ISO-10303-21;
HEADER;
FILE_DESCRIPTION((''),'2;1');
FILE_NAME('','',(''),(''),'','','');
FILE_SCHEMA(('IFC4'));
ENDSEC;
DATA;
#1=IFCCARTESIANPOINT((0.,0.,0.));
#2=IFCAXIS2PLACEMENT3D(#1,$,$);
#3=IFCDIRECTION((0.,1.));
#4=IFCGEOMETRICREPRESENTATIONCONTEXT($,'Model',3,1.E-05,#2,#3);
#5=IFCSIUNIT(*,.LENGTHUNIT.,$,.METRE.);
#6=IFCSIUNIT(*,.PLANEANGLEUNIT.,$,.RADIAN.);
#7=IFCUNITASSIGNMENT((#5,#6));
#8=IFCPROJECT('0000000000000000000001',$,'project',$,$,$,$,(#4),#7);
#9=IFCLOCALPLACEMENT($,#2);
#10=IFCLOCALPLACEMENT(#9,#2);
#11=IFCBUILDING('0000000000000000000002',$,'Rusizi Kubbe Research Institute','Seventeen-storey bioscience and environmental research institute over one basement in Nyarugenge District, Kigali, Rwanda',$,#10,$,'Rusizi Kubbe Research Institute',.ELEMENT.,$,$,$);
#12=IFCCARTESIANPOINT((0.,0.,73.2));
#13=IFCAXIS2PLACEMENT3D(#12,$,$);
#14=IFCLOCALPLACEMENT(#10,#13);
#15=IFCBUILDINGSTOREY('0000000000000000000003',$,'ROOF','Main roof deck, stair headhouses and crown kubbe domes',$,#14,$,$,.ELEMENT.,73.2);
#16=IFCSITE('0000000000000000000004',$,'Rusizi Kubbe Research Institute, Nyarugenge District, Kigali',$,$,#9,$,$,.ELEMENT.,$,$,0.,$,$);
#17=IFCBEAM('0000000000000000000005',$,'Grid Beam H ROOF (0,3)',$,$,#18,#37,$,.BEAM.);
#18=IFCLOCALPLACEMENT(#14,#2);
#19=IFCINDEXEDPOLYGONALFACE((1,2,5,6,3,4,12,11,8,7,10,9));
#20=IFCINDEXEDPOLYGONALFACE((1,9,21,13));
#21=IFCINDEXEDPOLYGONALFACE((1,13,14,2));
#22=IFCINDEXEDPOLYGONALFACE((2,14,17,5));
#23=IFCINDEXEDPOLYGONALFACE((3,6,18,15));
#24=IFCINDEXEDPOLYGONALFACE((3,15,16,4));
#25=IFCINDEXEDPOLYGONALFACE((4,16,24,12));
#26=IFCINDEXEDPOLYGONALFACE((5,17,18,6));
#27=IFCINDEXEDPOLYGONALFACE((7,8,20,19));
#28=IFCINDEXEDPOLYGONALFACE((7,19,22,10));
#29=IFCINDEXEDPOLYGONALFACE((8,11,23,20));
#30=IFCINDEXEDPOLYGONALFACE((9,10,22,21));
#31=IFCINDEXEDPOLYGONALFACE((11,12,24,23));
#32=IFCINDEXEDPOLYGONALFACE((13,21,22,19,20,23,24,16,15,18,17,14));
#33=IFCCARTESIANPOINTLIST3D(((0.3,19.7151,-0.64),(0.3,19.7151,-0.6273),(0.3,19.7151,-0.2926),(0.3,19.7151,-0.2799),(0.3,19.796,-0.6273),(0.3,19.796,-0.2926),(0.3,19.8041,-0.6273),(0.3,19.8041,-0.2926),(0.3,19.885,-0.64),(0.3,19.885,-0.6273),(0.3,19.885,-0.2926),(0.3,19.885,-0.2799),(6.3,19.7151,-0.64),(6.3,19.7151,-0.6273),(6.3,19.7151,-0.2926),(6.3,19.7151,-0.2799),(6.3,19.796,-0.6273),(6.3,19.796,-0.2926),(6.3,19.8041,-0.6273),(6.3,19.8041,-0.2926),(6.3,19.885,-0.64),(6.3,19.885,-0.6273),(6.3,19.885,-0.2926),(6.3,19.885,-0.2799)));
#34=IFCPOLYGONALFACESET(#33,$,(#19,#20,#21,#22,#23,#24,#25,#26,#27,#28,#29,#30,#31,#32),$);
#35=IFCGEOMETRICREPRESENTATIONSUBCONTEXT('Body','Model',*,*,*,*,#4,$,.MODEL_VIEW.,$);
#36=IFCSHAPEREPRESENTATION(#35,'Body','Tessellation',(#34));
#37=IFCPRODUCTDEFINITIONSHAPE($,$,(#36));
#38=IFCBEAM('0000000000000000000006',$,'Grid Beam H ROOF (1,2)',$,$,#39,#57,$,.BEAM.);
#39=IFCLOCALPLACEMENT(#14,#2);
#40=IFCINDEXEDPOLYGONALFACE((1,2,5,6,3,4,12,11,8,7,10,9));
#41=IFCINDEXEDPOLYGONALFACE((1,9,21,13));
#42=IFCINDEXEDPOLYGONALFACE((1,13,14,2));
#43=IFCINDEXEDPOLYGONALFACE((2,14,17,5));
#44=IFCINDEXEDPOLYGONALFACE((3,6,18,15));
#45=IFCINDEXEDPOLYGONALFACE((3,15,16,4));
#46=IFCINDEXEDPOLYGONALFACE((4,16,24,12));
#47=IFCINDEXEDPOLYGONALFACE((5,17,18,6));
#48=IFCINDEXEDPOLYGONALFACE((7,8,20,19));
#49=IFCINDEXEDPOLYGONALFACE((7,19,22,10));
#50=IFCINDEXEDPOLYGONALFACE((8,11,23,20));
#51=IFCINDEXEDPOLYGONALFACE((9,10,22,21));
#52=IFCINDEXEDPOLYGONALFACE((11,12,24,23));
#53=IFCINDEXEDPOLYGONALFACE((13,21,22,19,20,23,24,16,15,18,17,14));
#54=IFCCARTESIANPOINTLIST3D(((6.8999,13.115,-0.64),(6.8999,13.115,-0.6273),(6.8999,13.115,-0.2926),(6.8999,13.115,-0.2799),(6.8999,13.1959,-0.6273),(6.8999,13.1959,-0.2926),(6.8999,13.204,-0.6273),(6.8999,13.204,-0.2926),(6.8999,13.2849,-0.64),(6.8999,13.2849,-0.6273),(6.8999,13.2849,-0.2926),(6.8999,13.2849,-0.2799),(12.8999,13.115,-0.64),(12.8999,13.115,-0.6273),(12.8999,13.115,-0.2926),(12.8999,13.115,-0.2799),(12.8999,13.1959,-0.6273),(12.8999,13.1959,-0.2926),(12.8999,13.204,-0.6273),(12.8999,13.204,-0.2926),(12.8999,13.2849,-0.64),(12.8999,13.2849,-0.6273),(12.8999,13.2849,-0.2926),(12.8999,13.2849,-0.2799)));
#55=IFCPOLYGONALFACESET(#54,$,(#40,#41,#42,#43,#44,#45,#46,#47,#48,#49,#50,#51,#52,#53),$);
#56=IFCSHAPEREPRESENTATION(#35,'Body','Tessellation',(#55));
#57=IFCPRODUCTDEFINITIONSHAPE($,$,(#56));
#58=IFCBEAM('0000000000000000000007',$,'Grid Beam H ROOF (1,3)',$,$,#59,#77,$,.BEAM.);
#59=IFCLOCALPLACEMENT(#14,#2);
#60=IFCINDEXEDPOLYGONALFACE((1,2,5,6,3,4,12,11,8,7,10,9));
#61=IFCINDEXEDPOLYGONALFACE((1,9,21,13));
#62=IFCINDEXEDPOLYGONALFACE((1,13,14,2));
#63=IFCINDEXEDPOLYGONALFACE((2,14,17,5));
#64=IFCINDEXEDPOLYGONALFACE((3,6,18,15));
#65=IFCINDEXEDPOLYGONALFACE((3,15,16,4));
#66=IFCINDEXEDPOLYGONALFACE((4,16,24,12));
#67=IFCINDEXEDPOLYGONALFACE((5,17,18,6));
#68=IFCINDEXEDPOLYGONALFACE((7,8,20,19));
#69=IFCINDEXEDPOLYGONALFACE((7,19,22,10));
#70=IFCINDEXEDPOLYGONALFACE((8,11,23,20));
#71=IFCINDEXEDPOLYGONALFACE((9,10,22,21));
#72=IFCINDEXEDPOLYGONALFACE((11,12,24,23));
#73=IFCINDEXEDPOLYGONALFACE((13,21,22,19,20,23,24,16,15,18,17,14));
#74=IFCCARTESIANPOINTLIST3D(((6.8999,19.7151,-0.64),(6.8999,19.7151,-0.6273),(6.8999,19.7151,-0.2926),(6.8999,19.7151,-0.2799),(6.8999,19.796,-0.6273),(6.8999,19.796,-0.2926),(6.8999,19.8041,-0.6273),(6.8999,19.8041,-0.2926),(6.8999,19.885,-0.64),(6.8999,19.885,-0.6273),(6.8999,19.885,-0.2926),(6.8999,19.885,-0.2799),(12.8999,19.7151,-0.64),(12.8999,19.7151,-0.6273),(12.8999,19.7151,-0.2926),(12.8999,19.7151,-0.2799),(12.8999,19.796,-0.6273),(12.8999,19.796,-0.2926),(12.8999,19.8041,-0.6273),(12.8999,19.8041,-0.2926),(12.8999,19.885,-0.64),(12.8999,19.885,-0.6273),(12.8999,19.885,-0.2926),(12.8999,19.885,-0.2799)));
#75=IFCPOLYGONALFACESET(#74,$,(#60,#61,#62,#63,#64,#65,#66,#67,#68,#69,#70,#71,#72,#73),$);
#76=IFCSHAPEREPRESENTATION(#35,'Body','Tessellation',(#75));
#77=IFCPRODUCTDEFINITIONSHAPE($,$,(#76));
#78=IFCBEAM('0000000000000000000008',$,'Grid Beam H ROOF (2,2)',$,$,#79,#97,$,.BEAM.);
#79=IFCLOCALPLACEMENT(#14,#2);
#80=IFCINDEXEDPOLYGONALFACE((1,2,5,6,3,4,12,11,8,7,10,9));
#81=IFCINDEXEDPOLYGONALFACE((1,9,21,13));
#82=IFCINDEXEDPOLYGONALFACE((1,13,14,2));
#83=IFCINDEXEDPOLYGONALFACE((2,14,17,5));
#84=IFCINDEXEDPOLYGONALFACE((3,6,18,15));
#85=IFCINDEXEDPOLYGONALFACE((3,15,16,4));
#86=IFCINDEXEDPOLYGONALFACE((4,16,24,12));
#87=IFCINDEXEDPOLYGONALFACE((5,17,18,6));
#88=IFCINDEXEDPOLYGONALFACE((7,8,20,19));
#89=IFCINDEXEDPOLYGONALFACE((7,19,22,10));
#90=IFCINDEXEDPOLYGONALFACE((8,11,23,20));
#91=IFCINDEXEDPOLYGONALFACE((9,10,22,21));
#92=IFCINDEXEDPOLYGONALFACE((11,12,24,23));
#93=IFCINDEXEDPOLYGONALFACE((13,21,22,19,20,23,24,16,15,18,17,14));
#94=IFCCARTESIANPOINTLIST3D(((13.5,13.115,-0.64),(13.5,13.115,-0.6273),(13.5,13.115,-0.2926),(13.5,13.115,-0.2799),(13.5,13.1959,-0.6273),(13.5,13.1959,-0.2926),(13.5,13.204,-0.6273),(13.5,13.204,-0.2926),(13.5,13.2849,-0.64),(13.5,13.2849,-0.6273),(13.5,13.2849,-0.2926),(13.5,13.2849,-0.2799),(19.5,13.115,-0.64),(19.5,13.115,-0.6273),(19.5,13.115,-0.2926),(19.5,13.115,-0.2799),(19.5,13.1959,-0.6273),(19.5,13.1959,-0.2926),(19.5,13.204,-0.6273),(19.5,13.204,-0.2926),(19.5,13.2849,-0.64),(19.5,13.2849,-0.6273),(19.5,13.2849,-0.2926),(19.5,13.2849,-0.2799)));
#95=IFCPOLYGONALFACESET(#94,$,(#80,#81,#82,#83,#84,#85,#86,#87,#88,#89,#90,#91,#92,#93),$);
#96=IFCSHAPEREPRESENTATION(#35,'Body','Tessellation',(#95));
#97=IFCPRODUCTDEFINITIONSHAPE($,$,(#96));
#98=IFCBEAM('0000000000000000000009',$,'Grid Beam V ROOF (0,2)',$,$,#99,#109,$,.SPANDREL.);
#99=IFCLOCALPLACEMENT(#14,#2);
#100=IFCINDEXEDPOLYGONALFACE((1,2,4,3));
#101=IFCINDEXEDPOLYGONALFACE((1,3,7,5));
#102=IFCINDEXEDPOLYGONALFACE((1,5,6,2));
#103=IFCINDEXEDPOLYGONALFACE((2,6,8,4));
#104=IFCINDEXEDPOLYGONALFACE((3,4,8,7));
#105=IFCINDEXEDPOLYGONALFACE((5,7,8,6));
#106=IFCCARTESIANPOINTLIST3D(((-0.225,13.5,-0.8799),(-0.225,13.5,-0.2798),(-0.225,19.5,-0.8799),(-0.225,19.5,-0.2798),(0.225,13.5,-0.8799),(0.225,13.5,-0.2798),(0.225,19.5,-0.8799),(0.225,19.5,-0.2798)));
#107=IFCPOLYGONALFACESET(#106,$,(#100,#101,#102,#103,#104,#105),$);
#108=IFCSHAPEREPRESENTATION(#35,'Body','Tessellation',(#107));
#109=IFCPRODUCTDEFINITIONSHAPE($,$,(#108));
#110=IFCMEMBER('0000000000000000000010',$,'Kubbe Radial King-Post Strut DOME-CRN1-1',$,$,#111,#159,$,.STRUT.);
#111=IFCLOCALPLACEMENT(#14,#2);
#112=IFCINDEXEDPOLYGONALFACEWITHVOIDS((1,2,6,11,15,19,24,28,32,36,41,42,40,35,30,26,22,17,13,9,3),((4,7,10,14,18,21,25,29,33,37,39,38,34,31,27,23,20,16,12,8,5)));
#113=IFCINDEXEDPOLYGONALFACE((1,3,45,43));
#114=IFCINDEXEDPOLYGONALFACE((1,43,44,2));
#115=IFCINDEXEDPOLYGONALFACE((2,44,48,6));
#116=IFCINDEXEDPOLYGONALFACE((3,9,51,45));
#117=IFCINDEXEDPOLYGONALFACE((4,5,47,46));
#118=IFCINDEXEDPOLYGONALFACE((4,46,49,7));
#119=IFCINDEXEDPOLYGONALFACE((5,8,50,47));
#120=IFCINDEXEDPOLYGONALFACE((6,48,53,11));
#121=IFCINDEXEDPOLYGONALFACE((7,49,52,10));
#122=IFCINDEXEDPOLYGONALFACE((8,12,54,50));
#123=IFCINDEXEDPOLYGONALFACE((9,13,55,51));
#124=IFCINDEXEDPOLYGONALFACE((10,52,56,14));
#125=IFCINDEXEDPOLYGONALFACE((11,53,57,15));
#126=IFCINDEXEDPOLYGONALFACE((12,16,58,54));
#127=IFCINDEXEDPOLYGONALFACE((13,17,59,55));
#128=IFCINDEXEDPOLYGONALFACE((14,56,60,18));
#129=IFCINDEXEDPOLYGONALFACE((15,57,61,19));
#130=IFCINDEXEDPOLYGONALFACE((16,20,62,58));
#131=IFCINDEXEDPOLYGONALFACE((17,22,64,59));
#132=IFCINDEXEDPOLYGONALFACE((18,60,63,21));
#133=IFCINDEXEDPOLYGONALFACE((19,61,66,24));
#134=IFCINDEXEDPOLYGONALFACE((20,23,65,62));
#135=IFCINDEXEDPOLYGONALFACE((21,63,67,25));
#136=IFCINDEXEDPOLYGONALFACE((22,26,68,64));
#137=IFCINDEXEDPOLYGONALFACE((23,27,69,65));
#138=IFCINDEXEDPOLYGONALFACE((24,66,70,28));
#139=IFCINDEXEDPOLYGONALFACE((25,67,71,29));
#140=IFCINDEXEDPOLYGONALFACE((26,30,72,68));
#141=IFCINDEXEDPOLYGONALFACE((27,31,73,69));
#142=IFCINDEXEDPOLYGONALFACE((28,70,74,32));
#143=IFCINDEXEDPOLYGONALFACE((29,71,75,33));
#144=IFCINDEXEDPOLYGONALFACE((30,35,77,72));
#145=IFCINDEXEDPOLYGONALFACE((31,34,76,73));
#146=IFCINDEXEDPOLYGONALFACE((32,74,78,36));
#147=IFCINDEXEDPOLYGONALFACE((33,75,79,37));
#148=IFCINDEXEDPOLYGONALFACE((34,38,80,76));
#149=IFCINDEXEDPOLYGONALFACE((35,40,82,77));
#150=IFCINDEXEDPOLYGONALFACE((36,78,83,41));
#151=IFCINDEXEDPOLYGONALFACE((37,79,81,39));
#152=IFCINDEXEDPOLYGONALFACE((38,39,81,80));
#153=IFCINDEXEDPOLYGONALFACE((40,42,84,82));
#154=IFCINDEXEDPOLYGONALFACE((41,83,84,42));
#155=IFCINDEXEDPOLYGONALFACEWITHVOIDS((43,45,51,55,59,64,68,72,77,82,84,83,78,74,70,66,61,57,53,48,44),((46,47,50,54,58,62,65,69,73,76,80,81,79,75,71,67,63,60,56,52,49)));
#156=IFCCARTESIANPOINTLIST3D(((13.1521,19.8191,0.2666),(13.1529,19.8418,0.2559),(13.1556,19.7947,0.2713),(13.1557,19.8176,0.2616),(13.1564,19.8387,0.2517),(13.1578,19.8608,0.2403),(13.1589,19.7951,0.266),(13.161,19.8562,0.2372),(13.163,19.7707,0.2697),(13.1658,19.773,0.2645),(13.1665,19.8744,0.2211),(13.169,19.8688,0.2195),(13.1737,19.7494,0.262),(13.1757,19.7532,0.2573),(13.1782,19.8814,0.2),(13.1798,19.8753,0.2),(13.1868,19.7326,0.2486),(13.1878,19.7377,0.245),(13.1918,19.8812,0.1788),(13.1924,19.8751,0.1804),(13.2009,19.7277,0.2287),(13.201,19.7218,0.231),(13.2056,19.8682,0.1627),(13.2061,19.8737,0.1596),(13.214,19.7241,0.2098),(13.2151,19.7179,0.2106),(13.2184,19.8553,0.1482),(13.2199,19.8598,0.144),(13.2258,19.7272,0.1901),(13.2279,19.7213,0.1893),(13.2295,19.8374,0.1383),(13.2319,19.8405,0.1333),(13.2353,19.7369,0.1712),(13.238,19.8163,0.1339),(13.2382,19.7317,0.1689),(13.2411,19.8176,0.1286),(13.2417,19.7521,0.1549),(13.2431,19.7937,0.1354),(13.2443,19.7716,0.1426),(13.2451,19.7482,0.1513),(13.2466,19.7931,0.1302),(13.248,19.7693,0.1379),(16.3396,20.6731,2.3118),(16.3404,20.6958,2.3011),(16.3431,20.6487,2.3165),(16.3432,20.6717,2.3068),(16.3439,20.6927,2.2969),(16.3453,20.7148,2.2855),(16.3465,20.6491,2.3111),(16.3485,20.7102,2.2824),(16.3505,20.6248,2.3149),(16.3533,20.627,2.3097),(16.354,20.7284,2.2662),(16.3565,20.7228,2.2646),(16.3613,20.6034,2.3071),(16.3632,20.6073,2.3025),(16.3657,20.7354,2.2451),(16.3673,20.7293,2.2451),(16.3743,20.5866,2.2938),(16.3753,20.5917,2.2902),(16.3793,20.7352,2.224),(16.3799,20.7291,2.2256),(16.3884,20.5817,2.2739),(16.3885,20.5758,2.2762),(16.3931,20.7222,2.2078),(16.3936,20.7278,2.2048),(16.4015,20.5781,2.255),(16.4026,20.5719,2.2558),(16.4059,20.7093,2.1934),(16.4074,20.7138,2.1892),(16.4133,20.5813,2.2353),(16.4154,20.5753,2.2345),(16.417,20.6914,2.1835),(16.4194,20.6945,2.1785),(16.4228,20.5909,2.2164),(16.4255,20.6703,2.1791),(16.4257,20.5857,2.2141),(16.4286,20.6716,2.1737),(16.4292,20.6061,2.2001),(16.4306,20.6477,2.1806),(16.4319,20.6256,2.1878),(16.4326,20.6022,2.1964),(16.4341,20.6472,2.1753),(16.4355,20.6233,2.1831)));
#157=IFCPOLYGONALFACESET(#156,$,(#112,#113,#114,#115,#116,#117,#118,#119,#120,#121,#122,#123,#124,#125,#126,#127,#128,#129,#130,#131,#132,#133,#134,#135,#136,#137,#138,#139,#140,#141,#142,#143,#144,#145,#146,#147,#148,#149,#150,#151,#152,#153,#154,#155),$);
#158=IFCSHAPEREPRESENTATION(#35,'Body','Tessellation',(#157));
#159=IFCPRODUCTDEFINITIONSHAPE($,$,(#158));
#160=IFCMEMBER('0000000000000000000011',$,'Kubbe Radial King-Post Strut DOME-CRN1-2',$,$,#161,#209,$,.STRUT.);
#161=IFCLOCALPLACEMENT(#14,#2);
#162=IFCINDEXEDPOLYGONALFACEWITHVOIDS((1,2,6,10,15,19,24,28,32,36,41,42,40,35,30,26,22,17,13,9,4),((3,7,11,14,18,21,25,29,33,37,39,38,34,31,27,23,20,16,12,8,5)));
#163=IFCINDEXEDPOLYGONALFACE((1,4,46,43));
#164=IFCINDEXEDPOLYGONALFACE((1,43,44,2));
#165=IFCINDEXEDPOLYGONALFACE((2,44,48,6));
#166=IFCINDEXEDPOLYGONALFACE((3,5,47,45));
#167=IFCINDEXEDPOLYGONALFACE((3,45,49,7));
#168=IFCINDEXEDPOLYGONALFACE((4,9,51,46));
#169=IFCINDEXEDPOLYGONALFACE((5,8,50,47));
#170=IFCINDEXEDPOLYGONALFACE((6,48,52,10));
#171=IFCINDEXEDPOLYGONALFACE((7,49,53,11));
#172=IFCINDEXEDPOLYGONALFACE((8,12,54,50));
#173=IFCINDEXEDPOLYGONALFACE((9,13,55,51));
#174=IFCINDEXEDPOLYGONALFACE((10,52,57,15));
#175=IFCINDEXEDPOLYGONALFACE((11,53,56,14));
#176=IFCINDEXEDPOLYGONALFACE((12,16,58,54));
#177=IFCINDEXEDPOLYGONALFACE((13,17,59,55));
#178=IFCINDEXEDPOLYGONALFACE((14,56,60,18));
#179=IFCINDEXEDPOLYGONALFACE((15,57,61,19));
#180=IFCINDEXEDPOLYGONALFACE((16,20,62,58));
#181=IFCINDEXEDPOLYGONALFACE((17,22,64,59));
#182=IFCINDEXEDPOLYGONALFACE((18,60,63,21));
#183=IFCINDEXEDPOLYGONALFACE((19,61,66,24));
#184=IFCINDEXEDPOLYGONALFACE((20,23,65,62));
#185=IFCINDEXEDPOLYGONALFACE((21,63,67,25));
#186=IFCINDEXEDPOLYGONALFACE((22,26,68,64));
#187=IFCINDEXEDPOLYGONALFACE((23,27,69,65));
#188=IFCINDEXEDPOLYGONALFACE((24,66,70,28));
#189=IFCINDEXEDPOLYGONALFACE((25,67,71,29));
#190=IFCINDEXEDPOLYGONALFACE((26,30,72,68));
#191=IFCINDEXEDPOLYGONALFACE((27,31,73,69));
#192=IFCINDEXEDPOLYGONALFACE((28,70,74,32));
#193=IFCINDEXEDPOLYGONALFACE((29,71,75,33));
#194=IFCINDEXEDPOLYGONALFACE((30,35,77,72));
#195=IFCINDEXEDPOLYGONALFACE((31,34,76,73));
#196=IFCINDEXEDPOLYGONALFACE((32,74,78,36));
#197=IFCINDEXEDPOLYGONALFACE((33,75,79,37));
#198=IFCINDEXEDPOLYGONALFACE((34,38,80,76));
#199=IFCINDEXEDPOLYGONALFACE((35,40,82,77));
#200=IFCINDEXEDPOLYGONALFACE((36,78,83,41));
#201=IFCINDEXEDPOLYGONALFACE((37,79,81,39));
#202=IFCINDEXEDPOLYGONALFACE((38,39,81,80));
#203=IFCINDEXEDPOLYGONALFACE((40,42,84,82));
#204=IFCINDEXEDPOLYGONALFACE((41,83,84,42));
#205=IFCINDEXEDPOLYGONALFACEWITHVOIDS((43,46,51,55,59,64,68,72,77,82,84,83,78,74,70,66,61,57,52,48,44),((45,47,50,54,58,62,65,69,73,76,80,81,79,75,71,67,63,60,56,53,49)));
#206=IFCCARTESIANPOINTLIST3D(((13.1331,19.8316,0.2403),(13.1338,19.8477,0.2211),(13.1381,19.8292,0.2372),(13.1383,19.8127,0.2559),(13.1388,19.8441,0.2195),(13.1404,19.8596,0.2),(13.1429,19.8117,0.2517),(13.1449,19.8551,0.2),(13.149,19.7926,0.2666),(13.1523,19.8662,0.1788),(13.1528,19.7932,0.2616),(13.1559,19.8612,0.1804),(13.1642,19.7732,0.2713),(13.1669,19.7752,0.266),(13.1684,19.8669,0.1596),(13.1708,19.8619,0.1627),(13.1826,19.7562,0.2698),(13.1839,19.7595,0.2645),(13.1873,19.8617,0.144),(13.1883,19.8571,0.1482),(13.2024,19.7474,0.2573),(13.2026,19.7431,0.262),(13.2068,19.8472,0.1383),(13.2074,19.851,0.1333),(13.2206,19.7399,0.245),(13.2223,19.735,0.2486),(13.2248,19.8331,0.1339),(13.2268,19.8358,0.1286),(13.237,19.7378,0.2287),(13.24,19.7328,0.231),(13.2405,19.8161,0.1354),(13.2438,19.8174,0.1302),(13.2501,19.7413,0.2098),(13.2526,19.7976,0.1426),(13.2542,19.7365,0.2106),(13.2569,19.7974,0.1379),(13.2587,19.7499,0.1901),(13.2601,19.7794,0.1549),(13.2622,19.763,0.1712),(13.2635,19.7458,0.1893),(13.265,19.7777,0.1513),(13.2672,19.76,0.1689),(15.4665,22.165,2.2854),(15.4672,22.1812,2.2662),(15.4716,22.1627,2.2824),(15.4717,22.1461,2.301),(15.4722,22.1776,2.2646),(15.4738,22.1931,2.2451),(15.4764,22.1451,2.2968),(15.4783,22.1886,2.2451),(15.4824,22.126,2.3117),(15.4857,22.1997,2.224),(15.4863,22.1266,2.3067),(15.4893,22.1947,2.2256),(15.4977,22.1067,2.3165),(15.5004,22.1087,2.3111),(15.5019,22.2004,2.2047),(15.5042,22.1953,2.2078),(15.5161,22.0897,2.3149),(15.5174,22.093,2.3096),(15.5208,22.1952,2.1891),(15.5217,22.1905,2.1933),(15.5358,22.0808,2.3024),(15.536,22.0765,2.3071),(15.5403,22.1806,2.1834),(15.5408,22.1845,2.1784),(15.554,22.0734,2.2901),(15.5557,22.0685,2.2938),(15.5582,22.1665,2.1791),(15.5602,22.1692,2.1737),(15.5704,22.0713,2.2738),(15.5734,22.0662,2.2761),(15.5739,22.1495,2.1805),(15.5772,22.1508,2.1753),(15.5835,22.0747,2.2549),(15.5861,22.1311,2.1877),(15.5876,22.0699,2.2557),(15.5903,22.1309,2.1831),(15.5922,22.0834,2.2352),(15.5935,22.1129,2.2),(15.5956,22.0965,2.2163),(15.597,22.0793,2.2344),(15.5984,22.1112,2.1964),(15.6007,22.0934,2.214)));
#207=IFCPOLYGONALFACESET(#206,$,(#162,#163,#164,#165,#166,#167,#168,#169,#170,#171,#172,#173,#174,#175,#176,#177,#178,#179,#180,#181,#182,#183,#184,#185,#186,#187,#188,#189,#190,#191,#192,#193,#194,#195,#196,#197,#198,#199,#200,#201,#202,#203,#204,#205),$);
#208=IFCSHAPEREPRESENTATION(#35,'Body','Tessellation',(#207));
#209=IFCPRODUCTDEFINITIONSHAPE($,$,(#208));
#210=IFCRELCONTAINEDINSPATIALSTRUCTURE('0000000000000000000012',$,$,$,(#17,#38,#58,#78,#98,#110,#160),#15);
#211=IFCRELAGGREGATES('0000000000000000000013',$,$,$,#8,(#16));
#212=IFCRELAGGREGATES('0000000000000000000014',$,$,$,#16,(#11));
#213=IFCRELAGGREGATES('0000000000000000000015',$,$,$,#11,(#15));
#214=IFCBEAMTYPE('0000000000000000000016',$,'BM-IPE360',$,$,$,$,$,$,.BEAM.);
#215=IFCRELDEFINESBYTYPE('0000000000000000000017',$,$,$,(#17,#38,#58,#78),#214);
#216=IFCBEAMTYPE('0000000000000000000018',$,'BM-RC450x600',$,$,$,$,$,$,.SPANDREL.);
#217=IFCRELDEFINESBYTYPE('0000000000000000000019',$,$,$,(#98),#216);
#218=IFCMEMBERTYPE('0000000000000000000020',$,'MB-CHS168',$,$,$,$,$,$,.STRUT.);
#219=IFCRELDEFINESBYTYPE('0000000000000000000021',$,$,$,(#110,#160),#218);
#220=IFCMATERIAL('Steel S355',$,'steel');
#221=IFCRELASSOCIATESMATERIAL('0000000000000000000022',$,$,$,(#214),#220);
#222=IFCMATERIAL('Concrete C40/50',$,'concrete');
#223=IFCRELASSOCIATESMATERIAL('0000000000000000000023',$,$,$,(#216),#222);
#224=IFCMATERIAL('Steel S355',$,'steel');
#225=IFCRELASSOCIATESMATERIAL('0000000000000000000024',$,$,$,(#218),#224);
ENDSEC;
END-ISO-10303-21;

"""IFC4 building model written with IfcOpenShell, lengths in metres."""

from ifc_helpers import new_model, si_unit, direction, frame, origin, origin_2d, place, context, subcontext, project, spatial, rectangle, hollow_circle, i_section, extrude, material, material_profile, profile_set, type_object, element, save


model = new_model("IFC4")

# Units and contexts
model_context = context("Model", 3, precision=1e-05, world=origin(), true_north=direction((0.0, 1.0)))
body_context = subcontext(model_context, "Body", "Model", "MODEL_VIEW")
ifc_project = project(units=[si_unit("LENGTHUNIT", "METRE"), si_unit("PLANEANGLEUNIT", "RADIAN")], contexts=[model_context])

# Site, building, storey
site_placement = place(None, origin())
site = spatial("IfcSite", under=ifc_project, at=site_placement, Name="Rusizi Kubbe Research Institute, Nyarugenge District, Kigali", CompositionType="ELEMENT", RefElevation=0.0)
building_placement = place(site_placement, origin())
building = spatial("IfcBuilding", under=site, at=building_placement, Name="Rusizi Kubbe Research Institute", Description="Seventeen-storey bioscience and environmental research institute over one basement in Nyarugenge District, Kigali, Rwanda", LongName="Rusizi Kubbe Research Institute", CompositionType="ELEMENT")
storey_placement = place(building_placement, frame((0.0, 0.0, 73.2)))
storey = spatial("IfcBuildingStorey", under=building, at=storey_placement, Name="ROOF", Description="Main roof deck, stair headhouses and crown kubbe domes", CompositionType="ELEMENT", Elevation=73.2)

# Beams
ifc_material_1 = material(Name="Steel S355", Category="steel")
ifc_material_profile_1 = material_profile(ifc_material_1, i_section(OverallWidth=0.1699, OverallDepth=0.3601, WebThickness=0.0081, FlangeThickness=0.0127, at=origin_2d()), Name="IPE 360")
ifc_profile_set_1 = profile_set([ifc_material_profile_1], Name="Steel S355")
beam_type_1 = type_object("IfcBeamType", Name="BM-IPE360", PredefinedType="BEAM", material=ifc_profile_set_1)
for number, where, z_axis, x_axis, name in (
    (1, (0.3, 19.8, -0.46), (1.0, 0.0, 0.0), (0.0, 1.0, 0.0), "Grid Beam H ROOF (0,3)"),
    (2, (6.8999, 13.2, -0.46), (1.0, 0.0, 0.0), (0.0, 1.0, 0.0), "Grid Beam H ROOF (1,2)"),
    (3, (6.8999, 19.8, -0.46), (1.0, 0.0, 0.0), (0.0, 1.0, 0.0), "Grid Beam H ROOF (1,3)"),
    (4, (13.5, 13.2, -0.46), (1.0, 0.0, 0.0), (0.0, 1.0, 0.0), "Grid Beam H ROOF (2,2)"),
):
    element("IfcBeam", number, at=place(storey_placement, frame(where, z_axis=z_axis, x_axis=x_axis)), inside=storey, type_object=beam_type_1, Name=name, PredefinedType="BEAM", context=body_context, shape_type="SweptSolid", body=[
        extrude(i_section(OverallWidth=0.1699, OverallDepth=0.3601, WebThickness=0.0081, FlangeThickness=0.0127, at=origin_2d()), origin(), (0.0, 0.0, 1.0), 6.0),
    ])
ifc_material_2 = material(Name="Concrete C40/50", Category="concrete")
ifc_material_profile_2 = material_profile(ifc_material_2, rectangle(XDim=0.45, YDim=0.6001, at=origin_2d()), Name="RC450x600")
ifc_profile_set_2 = profile_set([ifc_material_profile_2], Name="Concrete C40/50")
beam_type_2 = type_object("IfcBeamType", Name="BM-RC450x600", PredefinedType="SPANDREL", material=ifc_profile_set_2)
beam_1_placement = place(storey_placement, frame((0.0, 13.5, -0.5798), z_axis=(0.0, 1.0, 0.0), x_axis=(-1.0, 0.0, 0.0)))
element("IfcBeam", 5, at=beam_1_placement, inside=storey, type_object=beam_type_2, Name="Grid Beam V ROOF (0,2)", PredefinedType="SPANDREL", context=body_context, shape_type="SweptSolid", body=[
    extrude(rectangle(XDim=0.45, YDim=0.6001, at=origin_2d()), origin(), (0.0, 0.0, 1.0), 6.0),
])

# Members
ifc_material_3 = material(Name="Steel S355", Category="steel")
ifc_material_profile_3 = material_profile(ifc_material_3, hollow_circle(Radius=0.0842, WallThickness=0.0063, at=origin_2d()), Name="CHS 168.3x6.3")
ifc_profile_set_3 = profile_set([ifc_material_profile_3], Name="Steel S355")
member_type_1 = type_object("IfcMemberType", Name="MB-CHS168", PredefinedType="STRUT", material=ifc_profile_set_3)
for number, where, z_axis, x_axis, name in (
    (6, (13.2, 19.8, 0.2), (0.821036, 0.219974, 0.526794), (-0.258795, 0.965932, 0.0), "Kubbe Radial King-Post Strut DOME-CRN1-1"),
    (7, (13.2, 19.8, 0.2), (0.601043, 0.601043, 0.526777), (-0.707107, 0.707107, 0.0), "Kubbe Radial King-Post Strut DOME-CRN1-2"),
):
    element("IfcMember", number, at=place(storey_placement, frame(where, z_axis=z_axis, x_axis=x_axis)), inside=storey, type_object=member_type_1, Name=name, PredefinedType="STRUT", context=body_context, shape_type="SweptSolid", body=[
        extrude(hollow_circle(Radius=0.0842, WallThickness=0.0063, at=origin_2d()), origin(), (0.0, 0.0, 1.0), 3.8823),
    ])

save(model, "model.ifc")
